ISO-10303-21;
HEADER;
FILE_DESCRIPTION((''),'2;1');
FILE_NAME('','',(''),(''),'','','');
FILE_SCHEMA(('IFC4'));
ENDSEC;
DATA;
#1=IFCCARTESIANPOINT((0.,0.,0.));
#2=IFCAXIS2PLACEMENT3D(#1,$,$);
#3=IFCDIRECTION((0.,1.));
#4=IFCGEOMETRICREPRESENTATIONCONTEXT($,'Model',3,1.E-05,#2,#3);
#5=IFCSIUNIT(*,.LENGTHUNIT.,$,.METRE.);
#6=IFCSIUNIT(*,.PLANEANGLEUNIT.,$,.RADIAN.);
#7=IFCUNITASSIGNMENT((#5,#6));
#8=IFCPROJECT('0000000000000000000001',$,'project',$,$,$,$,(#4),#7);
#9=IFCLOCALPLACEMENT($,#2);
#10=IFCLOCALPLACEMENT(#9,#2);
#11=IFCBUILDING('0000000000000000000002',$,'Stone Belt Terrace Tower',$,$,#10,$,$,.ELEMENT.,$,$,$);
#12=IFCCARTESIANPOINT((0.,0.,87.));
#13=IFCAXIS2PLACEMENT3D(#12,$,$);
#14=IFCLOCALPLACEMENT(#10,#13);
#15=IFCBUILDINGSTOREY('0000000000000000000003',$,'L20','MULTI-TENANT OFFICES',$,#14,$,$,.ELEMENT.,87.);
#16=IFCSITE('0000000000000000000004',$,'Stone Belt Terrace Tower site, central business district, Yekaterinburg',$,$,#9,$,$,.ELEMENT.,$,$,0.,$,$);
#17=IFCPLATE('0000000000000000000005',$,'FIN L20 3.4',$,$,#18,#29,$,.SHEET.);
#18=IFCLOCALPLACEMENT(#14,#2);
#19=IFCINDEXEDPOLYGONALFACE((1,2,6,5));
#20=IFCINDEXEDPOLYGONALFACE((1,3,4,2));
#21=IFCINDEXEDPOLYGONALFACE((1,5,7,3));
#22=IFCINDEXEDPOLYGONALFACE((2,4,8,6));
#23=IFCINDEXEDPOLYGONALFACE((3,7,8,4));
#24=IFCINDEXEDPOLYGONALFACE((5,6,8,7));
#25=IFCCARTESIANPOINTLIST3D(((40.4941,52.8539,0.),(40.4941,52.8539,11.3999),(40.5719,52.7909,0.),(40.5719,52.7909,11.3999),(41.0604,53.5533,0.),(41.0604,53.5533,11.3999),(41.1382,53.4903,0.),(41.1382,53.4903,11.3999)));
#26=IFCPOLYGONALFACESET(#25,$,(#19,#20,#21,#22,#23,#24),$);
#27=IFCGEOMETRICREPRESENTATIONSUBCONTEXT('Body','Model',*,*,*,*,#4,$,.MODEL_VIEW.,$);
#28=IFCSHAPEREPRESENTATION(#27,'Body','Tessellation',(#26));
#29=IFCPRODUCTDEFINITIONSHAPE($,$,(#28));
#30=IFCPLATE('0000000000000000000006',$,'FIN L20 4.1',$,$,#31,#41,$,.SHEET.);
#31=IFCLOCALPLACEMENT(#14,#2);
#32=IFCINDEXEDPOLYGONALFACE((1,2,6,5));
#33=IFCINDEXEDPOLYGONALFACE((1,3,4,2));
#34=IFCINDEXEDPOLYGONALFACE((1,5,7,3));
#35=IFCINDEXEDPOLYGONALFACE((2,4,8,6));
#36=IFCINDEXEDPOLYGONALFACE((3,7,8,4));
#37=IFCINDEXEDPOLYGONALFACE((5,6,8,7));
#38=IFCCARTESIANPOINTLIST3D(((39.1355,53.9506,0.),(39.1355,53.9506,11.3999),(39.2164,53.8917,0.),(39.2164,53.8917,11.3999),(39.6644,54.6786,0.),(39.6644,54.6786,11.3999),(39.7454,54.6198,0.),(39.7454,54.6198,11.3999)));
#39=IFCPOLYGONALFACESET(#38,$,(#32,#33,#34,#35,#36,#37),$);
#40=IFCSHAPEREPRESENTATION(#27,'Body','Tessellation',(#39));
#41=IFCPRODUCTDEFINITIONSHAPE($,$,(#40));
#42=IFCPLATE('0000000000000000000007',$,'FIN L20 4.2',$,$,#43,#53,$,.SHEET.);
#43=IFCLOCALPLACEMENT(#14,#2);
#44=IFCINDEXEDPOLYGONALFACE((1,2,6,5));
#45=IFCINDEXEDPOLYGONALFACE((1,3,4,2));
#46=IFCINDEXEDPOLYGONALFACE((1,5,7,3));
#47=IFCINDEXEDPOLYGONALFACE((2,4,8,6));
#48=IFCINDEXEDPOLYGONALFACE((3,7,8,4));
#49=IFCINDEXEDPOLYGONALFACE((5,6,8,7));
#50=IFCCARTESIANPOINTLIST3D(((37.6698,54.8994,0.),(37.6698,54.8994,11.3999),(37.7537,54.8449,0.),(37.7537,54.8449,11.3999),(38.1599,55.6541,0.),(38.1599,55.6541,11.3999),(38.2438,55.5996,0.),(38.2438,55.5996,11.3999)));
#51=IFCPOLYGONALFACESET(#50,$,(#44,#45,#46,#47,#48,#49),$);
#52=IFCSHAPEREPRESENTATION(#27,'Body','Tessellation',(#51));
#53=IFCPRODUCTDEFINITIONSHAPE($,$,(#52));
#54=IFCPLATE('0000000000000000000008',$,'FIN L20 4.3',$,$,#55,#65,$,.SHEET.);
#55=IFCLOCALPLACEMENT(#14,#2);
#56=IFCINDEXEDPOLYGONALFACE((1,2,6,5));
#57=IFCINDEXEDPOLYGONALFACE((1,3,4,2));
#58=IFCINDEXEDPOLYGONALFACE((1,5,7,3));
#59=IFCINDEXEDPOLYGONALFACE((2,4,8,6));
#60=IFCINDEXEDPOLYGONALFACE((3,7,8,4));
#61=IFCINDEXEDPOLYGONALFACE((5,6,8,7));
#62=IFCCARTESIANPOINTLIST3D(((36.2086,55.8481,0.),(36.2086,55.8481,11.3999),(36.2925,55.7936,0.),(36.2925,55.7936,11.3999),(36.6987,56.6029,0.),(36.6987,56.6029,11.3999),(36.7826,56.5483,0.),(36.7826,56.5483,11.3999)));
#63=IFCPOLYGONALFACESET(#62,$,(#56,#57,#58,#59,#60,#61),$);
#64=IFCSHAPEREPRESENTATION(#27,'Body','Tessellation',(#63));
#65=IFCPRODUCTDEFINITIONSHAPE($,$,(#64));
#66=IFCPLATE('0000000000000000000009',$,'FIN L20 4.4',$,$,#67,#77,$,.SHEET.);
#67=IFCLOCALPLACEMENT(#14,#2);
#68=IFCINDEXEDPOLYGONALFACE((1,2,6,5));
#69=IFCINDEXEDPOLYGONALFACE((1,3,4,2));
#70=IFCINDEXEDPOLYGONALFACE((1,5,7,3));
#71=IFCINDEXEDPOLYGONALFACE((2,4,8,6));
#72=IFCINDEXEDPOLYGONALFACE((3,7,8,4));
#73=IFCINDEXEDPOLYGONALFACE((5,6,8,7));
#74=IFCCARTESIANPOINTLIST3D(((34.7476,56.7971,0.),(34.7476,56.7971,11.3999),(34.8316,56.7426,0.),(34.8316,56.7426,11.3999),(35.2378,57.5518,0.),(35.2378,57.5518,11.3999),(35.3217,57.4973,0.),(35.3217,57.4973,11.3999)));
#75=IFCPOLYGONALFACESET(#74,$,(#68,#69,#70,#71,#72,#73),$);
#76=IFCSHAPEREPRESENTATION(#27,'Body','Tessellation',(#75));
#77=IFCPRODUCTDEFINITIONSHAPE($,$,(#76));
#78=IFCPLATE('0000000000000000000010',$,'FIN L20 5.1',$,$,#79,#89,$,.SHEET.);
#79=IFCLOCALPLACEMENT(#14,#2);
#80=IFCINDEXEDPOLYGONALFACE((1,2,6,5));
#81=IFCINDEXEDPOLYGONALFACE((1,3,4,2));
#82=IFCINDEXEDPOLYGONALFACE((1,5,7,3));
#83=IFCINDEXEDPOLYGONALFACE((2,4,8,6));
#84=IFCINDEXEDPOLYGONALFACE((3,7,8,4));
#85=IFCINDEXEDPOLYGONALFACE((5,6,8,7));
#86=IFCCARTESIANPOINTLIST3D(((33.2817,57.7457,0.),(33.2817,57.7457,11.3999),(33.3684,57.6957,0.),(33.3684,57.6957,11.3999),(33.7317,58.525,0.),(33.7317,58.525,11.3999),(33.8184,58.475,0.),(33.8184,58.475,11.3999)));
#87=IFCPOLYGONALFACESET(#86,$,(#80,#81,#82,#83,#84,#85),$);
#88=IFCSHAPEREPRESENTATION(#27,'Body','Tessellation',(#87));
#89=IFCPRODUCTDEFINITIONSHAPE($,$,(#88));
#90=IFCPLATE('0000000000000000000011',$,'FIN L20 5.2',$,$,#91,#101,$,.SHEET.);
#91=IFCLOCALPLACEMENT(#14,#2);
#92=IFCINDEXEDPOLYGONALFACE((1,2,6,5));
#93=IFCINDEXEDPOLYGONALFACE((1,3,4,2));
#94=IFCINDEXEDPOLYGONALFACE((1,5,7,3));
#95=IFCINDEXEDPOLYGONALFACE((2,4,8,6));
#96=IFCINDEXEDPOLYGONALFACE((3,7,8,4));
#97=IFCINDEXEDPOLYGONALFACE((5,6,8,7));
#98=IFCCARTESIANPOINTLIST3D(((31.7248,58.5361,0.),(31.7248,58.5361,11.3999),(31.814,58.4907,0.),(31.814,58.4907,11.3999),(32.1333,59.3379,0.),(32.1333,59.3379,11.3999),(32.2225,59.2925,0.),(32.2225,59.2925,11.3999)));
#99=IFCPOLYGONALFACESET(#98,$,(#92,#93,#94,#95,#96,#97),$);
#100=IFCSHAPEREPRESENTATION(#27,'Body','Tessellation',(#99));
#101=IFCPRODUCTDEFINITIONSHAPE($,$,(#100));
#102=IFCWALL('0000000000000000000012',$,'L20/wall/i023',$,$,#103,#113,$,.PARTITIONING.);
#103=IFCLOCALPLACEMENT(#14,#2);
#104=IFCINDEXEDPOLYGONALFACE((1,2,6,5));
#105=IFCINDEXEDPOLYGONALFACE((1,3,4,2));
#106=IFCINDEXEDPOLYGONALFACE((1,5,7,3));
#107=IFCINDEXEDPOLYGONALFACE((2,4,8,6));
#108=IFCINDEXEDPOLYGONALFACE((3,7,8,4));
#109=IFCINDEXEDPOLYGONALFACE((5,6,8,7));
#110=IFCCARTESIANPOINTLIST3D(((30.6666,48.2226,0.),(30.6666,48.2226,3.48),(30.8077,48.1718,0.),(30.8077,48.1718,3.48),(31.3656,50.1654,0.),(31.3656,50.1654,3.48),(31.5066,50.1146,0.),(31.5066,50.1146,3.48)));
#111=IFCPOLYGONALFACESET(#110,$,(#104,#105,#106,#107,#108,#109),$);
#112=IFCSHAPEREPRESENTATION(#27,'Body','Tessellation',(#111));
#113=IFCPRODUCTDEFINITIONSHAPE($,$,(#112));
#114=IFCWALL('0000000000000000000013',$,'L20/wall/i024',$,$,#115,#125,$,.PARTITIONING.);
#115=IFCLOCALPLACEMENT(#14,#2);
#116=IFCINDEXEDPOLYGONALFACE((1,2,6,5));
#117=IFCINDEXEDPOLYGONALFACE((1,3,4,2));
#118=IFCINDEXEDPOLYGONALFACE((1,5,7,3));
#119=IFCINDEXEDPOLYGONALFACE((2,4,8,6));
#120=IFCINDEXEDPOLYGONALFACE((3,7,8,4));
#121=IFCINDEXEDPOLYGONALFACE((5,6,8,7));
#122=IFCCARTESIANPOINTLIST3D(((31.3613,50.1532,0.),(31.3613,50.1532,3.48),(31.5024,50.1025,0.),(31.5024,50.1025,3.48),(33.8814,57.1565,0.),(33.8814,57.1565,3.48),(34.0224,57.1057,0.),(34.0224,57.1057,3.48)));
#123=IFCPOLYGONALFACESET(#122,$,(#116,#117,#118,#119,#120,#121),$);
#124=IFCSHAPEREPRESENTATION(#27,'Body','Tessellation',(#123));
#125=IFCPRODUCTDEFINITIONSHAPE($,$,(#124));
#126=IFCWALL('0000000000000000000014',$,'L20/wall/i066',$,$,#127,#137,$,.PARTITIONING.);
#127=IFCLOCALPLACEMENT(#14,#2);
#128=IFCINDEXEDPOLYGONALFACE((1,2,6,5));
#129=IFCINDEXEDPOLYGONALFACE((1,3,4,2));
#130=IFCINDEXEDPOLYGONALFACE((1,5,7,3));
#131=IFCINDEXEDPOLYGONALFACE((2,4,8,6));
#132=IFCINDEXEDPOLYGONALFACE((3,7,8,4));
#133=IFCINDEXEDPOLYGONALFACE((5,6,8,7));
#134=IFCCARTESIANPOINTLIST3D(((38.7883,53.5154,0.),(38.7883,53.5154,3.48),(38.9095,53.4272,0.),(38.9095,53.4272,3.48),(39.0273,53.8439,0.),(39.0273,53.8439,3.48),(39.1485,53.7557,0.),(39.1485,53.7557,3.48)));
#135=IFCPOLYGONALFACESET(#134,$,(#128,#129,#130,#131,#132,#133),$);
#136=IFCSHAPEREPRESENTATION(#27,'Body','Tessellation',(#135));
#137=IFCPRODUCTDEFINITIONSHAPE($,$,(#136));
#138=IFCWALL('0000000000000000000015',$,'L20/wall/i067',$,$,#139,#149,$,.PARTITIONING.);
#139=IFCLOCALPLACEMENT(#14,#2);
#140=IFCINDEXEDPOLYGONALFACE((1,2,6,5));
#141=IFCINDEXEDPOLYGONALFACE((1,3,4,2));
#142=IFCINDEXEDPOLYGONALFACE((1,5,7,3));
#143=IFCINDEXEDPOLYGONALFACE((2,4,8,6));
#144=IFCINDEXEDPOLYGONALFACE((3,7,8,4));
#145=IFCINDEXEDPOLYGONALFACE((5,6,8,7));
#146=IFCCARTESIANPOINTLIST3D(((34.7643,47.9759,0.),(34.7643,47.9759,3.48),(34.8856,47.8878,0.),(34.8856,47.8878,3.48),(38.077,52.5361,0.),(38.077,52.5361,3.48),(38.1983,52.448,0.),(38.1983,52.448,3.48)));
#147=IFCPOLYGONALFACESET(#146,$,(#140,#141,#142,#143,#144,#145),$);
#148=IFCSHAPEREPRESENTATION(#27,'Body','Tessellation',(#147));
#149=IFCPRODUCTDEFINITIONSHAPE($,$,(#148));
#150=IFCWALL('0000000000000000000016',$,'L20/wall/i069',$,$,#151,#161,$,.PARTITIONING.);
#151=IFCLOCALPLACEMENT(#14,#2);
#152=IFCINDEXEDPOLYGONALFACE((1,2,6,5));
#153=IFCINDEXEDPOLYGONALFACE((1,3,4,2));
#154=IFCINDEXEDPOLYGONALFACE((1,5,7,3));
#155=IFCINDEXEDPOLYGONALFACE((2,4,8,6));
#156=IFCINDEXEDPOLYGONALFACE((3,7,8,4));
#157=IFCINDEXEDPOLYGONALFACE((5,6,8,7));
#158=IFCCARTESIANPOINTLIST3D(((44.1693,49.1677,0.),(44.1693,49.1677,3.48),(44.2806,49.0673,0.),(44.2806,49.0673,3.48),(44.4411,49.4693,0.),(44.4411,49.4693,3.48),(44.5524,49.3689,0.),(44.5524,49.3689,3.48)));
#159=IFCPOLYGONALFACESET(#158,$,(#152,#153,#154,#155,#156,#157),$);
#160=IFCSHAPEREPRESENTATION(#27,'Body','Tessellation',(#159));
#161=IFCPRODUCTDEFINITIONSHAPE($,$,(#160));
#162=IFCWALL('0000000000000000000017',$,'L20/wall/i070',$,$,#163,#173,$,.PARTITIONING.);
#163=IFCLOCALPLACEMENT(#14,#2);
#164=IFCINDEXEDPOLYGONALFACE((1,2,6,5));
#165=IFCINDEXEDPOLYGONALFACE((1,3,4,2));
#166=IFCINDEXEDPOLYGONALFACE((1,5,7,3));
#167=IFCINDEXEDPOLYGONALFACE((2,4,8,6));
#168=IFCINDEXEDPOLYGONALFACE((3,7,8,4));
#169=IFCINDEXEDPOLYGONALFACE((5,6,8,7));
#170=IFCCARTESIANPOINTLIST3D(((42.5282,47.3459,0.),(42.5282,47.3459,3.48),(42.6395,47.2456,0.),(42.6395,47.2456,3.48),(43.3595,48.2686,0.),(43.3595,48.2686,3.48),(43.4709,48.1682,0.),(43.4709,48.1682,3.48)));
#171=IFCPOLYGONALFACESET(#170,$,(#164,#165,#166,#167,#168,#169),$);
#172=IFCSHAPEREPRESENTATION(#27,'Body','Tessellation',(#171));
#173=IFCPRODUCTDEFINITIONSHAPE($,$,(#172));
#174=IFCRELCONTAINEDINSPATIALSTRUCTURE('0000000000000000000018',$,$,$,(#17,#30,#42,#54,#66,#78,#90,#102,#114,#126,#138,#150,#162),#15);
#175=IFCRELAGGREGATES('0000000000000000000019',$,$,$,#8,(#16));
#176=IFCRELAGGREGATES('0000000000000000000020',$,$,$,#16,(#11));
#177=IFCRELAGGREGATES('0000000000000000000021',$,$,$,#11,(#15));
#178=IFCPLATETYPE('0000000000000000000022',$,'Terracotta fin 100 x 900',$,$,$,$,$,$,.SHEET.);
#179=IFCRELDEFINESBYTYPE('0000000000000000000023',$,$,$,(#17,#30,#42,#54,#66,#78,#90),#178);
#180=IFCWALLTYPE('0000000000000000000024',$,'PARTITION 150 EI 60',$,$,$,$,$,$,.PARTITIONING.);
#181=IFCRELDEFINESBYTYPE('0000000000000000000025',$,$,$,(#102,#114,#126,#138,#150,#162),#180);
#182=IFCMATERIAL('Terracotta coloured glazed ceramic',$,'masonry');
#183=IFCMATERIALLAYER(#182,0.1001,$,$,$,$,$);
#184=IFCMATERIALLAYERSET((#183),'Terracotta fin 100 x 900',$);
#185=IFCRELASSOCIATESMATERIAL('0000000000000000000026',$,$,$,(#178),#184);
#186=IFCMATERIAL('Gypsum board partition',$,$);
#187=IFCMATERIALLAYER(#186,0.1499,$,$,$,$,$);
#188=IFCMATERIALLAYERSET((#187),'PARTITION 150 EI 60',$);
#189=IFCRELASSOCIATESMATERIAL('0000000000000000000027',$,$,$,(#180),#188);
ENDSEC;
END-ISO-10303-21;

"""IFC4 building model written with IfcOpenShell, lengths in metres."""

from ifc_helpers import new_model, si_unit, direction, frame, frame_2d, origin, origin_2d, place, context, subcontext, project, spatial, rectangle, extrude, material, layer, layer_set, type_object, element, save


model = new_model("IFC4")

# Units and contexts
model_context = context("Model", 3, precision=1e-05, world=origin(), true_north=direction((0.0, 1.0)))
body_context = subcontext(model_context, "Body", "Model", "MODEL_VIEW")
ifc_project = project(units=[si_unit("LENGTHUNIT", "METRE"), si_unit("PLANEANGLEUNIT", "RADIAN")], contexts=[model_context])

# Site, building, storey
site_placement = place(None, origin())
site = spatial("IfcSite", under=ifc_project, at=site_placement, Name="Stone Belt Terrace Tower site, central business district, Yekaterinburg", CompositionType="ELEMENT", RefElevation=0.0)
building_placement = place(site_placement, origin())
building = spatial("IfcBuilding", under=site, at=building_placement, Name="Stone Belt Terrace Tower", CompositionType="ELEMENT")
storey_placement = place(building_placement, frame((0.0, 0.0, 87.0)))
storey = spatial("IfcBuildingStorey", under=building, at=storey_placement, Name="L20", Description="MULTI-TENANT OFFICES", CompositionType="ELEMENT", Elevation=87.0)

# Plates
ifc_material_1 = material(Name="Terracotta coloured glazed ceramic", Category="masonry")
ifc_layer_1 = layer(ifc_material_1, 0.1001)
ifc_layer_set_1 = layer_set([ifc_layer_1], Name="Terracotta fin 100 x 900")
plate_type_1 = type_object("IfcPlateType", Name="Terracotta fin 100 x 900", PredefinedType="SHEET", material=ifc_layer_set_1)
for number, where, z_axis, x_axis, name in (
    (1, (40.8162, 53.1721, 0.0), (0.0, 0.0, 1.0), (0.62932, 0.777146, 0.0), "FIN L20 3.4"),
    (2, (39.4404, 54.2852, 0.0), (0.0, 0.0, 1.0), (0.587785, 0.809017, 0.0), "FIN L20 4.1"),
    (3, (37.9568, 55.2495, 0.0), (0.0, 0.0, 1.0), (0.544639, 0.838671, 0.0), "FIN L20 4.2"),
    (4, (36.4956, 56.1982, 0.0), (0.0, 0.0, 1.0), (0.544639, 0.838671, 0.0), "FIN L20 4.3"),
    (5, (35.0347, 57.1472, 0.0), (0.0, 0.0, 1.0), (0.544639, 0.838671, 0.0), "FIN L20 4.4"),
    (6, (33.55, 58.1104, 0.0), (0.0, 0.0, 1.0), (0.5, 0.866025, 0.0), "FIN L20 5.1"),
    (7, (31.9736, 58.9143, 0.0), (0.0, 0.0, 1.0), (0.45399, 0.891007, 0.0), "FIN L20 5.2"),
):
    element("IfcPlate", number, at=place(storey_placement, frame(where, z_axis=z_axis, x_axis=x_axis)), inside=storey, type_object=plate_type_1, Name=name, PredefinedType="SHEET", context=body_context, shape_type="SweptSolid", body=[
        extrude(rectangle(XDim=0.8999, YDim=0.1001, at=origin_2d()), origin(), (0.0, 0.0, 1.0), 11.3999),
    ])

# Walls
ifc_material_2 = material(Name="Gypsum board partition")
ifc_layer_2 = layer(ifc_material_2, 0.1499)
ifc_layer_set_2 = layer_set([ifc_layer_2], Name="PARTITION 150 EI 60")
wall_type = type_object("IfcWallType", Name="PARTITION 150 EI 60", PredefinedType="PARTITIONING", material=ifc_layer_set_2)
wall_1_placement = place(storey_placement, frame((31.436, 50.1399, 0.0), z_axis=(0.0, 0.0, 1.0), x_axis=(-0.338523, -0.940958, 0.0)))
element("IfcWall", 8, at=wall_1_placement, inside=storey, type_object=wall_type, Name="L20/wall/i023", PredefinedType="PARTITIONING", context=body_context, shape_type="SweptSolid", body=[
    extrude(rectangle(XDim=2.0647, YDim=0.1499, at=frame_2d((1.0322, 0.0))), origin(), (0.0, 0.0, 1.0), 3.48),
])
wall_2_placement = place(storey_placement, frame((33.9519, 57.1311, 0.0), z_axis=(0.0, 0.0, 1.0), x_axis=(-0.338586, -0.940935, 0.0)))
element("IfcWall", 9, at=wall_2_placement, inside=storey, type_object=wall_type, Name="L20/wall/i024", PredefinedType="PARTITIONING", context=body_context, shape_type="SweptSolid", body=[
    extrude(rectangle(XDim=7.4429, YDim=0.1499, at=frame_2d((3.7214, 0.0))), origin(), (0.0, 0.0, 1.0), 3.48),
])
wall_3_placement = place(storey_placement, frame((39.0879, 53.7998, 0.0), z_axis=(0.0, 0.0, 1.0), x_axis=(-0.588207, -0.80871, 0.0)))
element("IfcWall", 10, at=wall_3_placement, inside=storey, type_object=wall_type, Name="L20/wall/i066", PredefinedType="PARTITIONING", context=body_context, shape_type="SweptSolid", body=[
    extrude(rectangle(XDim=0.4062, YDim=0.1499, at=frame_2d((0.2031, 0.0))), origin(), (0.0, 0.0, 1.0), 3.48),
])
wall_4_placement = place(storey_placement, frame((38.1377, 52.4922, 0.0), z_axis=(0.0, 0.0, 1.0), x_axis=(-0.587726, -0.80906, 0.0)))
element("IfcWall", 11, at=wall_4_placement, inside=storey, type_object=wall_type, Name="L20/wall/i067", PredefinedType="PARTITIONING", context=body_context, shape_type="SweptSolid", body=[
    extrude(rectangle(XDim=5.6365, YDim=0.1499, at=frame_2d((2.8184, 0.0))), origin(), (0.0, 0.0, 1.0), 3.48),
])
wall_5_placement = place(storey_placement, frame((44.4968, 49.4192, 0.0), z_axis=(0.0, 0.0, 1.0), x_axis=(-0.669463, -0.742845, 0.0)))
element("IfcWall", 12, at=wall_5_placement, inside=storey, type_object=wall_type, Name="L20/wall/i069", PredefinedType="PARTITIONING", context=body_context, shape_type="SweptSolid", body=[
    extrude(rectangle(XDim=0.406, YDim=0.1499, at=frame_2d((0.2031, 0.0))), origin(), (0.0, 0.0, 1.0), 3.48),
])
wall_6_placement = place(storey_placement, frame((43.4153, 48.2185, 0.0), z_axis=(0.0, 0.0, 1.0), x_axis=(-0.669388, -0.742913, 0.0)))
element("IfcWall", 13, at=wall_6_placement, inside=storey, type_object=wall_type, Name="L20/wall/i070", PredefinedType="PARTITIONING", context=body_context, shape_type="SweptSolid", body=[
    extrude(rectangle(XDim=1.2419, YDim=0.1499, at=frame_2d((0.6211, 0.0))), origin(), (0.0, 0.0, 1.0), 3.48),
])

save(model, "model.ifc")
